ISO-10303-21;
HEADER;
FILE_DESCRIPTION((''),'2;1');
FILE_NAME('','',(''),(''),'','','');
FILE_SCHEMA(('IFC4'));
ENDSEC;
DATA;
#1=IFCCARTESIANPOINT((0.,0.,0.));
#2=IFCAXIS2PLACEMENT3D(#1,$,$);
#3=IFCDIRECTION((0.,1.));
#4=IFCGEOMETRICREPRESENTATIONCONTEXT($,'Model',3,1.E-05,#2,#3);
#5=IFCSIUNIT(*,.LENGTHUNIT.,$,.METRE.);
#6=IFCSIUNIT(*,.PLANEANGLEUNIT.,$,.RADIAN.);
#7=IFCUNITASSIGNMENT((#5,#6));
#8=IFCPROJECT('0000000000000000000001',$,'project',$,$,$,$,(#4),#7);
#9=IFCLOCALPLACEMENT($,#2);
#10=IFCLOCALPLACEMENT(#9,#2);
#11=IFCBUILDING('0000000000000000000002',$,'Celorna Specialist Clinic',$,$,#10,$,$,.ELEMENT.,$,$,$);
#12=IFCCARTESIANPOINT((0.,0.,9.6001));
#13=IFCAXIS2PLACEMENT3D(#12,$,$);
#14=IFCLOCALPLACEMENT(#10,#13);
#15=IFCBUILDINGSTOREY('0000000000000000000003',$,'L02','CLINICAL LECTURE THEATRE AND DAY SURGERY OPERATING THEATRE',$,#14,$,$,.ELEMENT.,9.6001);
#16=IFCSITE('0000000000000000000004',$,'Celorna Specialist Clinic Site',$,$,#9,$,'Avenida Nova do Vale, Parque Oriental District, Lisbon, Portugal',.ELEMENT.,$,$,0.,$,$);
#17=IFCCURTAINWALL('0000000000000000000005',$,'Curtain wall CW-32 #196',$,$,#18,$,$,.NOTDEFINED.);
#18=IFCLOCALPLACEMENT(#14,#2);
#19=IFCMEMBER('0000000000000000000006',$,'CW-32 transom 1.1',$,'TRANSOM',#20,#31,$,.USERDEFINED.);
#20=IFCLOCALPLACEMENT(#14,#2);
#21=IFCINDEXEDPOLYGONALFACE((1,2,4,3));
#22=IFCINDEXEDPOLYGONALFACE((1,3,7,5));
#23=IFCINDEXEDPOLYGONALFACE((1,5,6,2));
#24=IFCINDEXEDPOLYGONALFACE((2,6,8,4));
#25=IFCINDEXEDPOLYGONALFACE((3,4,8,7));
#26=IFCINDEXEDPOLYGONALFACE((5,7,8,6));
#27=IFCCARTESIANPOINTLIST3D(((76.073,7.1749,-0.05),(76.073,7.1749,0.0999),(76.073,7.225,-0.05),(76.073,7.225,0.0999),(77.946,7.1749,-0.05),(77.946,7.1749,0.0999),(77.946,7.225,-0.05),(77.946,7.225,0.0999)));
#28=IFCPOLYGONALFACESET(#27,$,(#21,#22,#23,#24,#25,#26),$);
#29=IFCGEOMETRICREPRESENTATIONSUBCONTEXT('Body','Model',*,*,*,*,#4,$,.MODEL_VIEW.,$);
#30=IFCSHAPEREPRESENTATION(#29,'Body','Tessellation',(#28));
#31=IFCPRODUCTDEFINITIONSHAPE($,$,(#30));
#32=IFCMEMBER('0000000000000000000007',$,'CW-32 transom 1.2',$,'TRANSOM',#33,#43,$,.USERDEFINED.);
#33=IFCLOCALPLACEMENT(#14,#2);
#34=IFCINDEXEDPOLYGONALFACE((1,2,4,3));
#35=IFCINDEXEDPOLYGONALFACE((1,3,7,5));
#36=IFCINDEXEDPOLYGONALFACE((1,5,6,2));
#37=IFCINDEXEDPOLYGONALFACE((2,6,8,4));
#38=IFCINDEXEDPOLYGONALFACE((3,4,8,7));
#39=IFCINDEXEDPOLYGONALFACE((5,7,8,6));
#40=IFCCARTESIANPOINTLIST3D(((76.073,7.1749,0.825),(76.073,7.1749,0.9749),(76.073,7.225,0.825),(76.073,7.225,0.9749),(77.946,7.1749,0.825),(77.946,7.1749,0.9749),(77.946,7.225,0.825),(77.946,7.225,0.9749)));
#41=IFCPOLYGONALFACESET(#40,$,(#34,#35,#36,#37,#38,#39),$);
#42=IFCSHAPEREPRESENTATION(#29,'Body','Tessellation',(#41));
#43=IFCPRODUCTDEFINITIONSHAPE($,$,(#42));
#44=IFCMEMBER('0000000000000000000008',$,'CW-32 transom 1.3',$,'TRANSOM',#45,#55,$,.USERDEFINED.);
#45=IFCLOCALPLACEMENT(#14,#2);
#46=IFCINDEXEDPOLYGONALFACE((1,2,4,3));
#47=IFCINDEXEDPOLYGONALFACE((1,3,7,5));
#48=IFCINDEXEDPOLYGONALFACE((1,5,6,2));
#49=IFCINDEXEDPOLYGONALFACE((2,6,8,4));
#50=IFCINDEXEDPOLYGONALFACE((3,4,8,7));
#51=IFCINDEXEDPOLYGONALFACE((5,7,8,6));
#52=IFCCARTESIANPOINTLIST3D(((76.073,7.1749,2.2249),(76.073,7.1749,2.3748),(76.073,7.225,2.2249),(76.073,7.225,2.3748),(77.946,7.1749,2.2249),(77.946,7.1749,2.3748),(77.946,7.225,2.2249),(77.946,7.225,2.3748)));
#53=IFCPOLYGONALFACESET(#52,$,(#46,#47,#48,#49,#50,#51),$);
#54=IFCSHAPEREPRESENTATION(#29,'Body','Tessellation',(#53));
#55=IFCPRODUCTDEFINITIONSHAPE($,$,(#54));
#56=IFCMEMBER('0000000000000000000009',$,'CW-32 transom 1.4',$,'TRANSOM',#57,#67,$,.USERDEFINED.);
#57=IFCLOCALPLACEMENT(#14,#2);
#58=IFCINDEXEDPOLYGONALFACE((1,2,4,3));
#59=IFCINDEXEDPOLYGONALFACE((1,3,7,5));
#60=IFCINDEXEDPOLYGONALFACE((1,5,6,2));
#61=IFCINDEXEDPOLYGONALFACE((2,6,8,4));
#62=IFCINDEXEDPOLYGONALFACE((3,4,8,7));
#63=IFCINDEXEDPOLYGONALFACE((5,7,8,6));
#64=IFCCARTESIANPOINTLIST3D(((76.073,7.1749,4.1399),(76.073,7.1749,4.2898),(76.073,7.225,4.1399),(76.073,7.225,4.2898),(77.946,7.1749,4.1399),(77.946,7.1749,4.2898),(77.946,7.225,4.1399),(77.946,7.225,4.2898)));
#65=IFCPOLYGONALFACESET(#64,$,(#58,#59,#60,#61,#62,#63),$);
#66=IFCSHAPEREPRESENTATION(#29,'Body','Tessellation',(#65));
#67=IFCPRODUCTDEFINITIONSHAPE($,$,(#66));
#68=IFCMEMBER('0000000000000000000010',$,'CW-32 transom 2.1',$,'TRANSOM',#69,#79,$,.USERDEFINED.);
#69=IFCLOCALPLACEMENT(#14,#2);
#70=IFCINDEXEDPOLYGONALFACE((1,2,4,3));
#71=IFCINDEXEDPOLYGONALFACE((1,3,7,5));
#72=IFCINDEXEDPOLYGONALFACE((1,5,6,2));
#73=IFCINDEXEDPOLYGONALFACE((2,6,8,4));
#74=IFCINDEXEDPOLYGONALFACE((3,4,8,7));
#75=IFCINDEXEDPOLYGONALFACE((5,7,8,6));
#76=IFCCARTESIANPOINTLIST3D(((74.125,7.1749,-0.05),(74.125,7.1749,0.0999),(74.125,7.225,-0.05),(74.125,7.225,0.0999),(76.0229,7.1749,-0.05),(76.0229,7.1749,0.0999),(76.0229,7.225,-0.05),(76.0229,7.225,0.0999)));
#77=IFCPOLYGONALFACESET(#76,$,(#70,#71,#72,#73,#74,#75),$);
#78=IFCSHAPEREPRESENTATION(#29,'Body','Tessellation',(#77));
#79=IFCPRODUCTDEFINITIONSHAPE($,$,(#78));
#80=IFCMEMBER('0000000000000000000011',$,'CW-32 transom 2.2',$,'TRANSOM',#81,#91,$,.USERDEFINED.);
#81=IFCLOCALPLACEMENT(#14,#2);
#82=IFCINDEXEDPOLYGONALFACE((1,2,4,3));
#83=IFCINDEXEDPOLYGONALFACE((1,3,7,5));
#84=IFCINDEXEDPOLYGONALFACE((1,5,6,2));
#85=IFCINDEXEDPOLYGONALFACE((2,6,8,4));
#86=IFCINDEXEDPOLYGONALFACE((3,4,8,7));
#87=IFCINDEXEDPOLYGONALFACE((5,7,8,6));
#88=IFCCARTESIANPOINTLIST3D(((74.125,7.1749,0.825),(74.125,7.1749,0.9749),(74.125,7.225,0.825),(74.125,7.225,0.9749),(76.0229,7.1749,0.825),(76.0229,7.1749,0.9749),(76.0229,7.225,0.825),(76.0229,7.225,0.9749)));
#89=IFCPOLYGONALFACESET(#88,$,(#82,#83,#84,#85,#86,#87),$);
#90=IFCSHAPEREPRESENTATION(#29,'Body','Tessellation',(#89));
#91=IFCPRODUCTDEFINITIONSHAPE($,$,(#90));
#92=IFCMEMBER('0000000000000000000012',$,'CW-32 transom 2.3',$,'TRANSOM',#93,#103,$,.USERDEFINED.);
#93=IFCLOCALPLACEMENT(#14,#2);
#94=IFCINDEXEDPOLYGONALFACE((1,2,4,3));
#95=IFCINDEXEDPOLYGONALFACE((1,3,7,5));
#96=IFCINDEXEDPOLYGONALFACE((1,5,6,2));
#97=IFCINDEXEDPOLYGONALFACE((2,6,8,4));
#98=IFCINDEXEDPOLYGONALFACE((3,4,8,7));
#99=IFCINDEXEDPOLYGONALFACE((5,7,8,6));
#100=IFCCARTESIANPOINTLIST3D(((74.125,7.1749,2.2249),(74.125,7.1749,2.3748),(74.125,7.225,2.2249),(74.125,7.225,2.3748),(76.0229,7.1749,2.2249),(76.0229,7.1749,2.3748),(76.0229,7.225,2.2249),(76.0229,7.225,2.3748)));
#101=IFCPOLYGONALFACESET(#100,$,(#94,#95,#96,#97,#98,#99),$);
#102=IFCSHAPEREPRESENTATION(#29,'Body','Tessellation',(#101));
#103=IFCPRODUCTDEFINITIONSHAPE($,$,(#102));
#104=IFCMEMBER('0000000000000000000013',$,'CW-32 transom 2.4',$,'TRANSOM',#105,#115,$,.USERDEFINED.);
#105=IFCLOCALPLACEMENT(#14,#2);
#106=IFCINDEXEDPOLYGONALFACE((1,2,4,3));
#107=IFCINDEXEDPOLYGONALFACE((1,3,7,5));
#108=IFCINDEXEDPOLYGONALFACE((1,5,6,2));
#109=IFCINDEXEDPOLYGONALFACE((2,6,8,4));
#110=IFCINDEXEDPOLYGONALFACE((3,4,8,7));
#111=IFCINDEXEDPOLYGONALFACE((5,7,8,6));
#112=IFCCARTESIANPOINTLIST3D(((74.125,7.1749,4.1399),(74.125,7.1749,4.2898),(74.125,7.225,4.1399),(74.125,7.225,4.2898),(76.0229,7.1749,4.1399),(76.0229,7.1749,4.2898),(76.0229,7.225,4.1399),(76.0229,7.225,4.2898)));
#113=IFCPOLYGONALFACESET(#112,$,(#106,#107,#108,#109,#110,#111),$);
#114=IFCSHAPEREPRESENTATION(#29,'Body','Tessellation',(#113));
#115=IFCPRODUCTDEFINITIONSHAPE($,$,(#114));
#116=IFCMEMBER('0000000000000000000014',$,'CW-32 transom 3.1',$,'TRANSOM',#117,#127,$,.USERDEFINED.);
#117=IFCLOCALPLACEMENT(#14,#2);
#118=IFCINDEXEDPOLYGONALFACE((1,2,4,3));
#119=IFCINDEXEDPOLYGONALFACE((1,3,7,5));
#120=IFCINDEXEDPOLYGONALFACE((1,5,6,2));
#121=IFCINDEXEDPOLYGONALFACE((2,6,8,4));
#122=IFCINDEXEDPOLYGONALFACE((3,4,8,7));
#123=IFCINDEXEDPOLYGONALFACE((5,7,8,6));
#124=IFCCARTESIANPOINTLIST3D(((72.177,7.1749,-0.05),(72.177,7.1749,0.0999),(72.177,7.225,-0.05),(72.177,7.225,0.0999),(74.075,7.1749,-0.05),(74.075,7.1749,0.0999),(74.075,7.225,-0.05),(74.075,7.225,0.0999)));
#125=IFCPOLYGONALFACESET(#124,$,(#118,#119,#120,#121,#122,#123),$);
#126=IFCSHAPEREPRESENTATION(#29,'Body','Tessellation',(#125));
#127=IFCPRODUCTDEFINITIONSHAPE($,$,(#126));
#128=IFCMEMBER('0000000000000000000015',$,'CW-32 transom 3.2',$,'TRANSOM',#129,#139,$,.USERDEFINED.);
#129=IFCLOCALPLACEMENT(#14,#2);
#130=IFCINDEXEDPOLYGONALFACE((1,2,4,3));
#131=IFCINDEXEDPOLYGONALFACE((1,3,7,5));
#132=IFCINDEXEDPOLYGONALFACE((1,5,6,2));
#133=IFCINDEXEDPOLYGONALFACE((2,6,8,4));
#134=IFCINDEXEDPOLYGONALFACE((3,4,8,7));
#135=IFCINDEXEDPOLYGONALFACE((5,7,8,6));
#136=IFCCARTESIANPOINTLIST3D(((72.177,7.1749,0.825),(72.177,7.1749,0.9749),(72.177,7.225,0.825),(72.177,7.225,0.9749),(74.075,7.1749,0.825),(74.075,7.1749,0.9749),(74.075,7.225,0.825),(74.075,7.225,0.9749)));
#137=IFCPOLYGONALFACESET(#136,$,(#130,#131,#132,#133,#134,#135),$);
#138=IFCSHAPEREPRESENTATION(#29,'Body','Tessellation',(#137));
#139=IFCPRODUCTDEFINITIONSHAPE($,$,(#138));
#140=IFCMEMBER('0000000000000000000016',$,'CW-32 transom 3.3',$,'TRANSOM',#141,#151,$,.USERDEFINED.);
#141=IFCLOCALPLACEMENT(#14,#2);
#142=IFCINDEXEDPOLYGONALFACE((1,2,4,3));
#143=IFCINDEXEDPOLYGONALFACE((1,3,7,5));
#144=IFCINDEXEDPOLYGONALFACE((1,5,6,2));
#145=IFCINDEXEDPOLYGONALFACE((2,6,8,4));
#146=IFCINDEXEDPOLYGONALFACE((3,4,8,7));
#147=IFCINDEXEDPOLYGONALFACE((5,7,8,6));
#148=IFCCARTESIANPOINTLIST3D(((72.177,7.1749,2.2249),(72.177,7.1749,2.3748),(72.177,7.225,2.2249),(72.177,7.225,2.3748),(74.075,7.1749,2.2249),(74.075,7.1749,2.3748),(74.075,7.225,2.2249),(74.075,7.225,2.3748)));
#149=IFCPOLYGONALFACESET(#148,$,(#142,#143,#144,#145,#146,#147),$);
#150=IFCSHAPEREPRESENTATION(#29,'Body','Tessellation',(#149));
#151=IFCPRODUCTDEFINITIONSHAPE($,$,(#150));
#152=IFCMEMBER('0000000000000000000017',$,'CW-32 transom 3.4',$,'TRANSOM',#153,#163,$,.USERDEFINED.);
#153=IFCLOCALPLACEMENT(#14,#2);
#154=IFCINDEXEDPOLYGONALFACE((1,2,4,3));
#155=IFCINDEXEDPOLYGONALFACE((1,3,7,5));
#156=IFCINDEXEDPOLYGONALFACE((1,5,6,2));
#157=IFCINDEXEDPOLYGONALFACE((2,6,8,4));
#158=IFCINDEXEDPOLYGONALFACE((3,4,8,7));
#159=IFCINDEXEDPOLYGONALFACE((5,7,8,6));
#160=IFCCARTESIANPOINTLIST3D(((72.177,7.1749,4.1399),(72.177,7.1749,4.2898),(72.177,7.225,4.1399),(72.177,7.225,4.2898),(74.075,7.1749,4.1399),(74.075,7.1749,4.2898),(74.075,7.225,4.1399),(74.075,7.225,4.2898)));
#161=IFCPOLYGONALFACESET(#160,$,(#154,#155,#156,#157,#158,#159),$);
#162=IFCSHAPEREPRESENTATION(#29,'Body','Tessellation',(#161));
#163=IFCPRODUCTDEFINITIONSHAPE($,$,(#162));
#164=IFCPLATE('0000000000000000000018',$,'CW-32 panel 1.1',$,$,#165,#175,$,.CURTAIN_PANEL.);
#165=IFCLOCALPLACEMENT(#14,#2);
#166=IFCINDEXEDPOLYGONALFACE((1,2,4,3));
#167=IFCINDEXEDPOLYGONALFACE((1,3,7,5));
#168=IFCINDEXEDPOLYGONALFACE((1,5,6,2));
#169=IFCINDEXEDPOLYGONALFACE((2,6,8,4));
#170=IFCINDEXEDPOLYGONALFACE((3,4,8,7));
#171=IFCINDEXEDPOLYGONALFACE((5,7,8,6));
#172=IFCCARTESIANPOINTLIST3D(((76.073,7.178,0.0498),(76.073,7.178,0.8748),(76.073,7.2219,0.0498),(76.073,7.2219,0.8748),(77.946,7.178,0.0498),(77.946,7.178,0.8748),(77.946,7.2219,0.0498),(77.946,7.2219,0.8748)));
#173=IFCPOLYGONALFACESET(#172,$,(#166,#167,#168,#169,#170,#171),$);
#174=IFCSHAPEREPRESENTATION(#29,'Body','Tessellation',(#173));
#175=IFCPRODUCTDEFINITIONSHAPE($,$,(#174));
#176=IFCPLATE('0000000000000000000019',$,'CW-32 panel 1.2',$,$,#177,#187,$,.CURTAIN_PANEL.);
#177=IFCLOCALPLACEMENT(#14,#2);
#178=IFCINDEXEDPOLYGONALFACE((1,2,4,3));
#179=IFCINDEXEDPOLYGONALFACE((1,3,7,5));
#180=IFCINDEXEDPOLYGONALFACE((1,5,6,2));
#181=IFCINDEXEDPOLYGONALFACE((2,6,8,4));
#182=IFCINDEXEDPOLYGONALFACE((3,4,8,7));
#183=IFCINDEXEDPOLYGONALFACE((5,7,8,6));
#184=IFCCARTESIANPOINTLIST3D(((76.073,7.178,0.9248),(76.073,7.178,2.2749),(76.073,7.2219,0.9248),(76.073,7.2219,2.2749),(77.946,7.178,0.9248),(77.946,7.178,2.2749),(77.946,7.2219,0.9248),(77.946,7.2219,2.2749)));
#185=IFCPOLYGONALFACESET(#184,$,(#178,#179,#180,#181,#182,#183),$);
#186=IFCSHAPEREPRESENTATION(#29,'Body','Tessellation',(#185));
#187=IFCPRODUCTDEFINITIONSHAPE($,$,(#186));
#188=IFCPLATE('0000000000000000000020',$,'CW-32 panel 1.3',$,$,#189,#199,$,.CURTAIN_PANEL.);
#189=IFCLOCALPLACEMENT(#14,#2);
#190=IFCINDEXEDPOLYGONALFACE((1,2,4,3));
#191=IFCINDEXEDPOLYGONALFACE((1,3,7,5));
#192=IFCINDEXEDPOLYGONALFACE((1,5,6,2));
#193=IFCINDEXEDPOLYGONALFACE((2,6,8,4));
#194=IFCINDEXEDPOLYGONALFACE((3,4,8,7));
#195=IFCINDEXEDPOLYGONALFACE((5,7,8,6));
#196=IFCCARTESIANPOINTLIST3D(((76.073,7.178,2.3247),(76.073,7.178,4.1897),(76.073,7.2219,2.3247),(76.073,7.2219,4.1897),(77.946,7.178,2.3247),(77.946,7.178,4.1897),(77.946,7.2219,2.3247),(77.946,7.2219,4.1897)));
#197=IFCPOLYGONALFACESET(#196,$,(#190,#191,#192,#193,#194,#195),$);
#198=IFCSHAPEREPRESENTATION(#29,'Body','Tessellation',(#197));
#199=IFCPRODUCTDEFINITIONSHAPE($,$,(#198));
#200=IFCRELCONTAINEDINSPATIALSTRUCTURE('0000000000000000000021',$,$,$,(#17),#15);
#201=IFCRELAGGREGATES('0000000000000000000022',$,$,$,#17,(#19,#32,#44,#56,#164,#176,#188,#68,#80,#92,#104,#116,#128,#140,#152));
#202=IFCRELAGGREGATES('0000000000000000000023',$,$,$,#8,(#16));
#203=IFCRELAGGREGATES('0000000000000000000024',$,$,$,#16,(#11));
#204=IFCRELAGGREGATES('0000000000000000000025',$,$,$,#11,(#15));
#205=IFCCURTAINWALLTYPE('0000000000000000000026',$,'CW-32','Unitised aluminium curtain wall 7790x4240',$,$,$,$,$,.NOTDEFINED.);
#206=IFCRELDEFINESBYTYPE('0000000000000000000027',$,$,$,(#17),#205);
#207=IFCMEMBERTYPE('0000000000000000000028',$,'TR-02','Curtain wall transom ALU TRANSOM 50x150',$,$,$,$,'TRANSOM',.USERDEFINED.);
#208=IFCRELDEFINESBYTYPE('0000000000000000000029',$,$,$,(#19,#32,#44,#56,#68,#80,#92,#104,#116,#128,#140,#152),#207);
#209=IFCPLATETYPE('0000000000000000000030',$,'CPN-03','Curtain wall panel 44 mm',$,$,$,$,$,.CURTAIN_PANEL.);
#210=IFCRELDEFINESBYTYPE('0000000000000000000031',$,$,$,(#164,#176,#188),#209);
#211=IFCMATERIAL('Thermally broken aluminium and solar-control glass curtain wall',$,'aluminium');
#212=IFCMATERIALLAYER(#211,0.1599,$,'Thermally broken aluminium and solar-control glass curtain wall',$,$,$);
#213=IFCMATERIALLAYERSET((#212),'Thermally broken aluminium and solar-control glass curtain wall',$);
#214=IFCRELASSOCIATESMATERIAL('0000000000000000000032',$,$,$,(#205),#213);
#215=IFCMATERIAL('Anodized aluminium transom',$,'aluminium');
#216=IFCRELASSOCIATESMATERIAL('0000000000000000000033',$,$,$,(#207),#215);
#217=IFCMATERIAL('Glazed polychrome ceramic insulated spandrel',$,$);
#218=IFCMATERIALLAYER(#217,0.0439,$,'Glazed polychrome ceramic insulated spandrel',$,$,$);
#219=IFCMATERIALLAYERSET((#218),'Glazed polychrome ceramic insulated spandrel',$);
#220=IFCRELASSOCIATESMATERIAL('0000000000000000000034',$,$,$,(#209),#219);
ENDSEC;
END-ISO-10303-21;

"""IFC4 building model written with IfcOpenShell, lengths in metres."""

from ifc_helpers import new_model, si_unit, direction, frame, origin, origin_2d, place, context, subcontext, project, spatial, rectangle, extrude, material, layer, layer_set, material_profile, profile_set, type_object, element, aggregate, save


model = new_model("IFC4")

# Units and contexts
model_context = context("Model", 3, precision=1e-05, world=origin(), true_north=direction((0.0, 1.0)))
body_context = subcontext(model_context, "Body", "Model", "MODEL_VIEW")
ifc_project = project(units=[si_unit("LENGTHUNIT", "METRE"), si_unit("PLANEANGLEUNIT", "RADIAN")], contexts=[model_context])

# Site, building, storey
site_placement = place(None, origin())
site = spatial("IfcSite", under=ifc_project, at=site_placement, Name="Celorna Specialist Clinic Site", LongName="Avenida Nova do Vale, Parque Oriental District, Lisbon, Portugal", CompositionType="ELEMENT", RefElevation=0.0)
building_placement = place(site_placement, origin())
building = spatial("IfcBuilding", under=site, at=building_placement, Name="Celorna Specialist Clinic", CompositionType="ELEMENT")
storey_placement = place(building_placement, frame((0.0, 0.0, 9.6001)))
storey = spatial("IfcBuildingStorey", under=building, at=storey_placement, Name="L02", Description="CLINICAL LECTURE THEATRE AND DAY SURGERY OPERATING THEATRE", CompositionType="ELEMENT", Elevation=9.6001)

# Curtain wall, members, plates
ifc_material_1 = material(Name="Thermally broken aluminium and solar-control glass curtain wall", Category="aluminium")
ifc_layer_1 = layer(ifc_material_1, 0.1599, Name="Thermally broken aluminium and solar-control glass curtain wall")
ifc_layer_set_1 = layer_set([ifc_layer_1], Name="Thermally broken aluminium and solar-control glass curtain wall")
curtain_wall_type = type_object("IfcCurtainWallType", Name="CW-32", Description="Unitised aluminium curtain wall 7790x4240", PredefinedType="NOTDEFINED", material=ifc_layer_set_1)
curtain_wall_placement = place(storey_placement, origin())
curtain_wall = element("IfcCurtainWall", 1, at=curtain_wall_placement, inside=storey, type_object=curtain_wall_type, Name="Curtain wall CW-32 #196", PredefinedType="NOTDEFINED")
ifc_material_2 = material(Name="Anodized aluminium transom", Category="aluminium")
ifc_material_profile_1 = material_profile(ifc_material_2, rectangle(XDim=0.05, YDim=0.1499, at=origin_2d()), Name="ALU TRANSOM 50x150")
ifc_profile_set_1 = profile_set([ifc_material_profile_1], Name="Anodized aluminium transom")
member_type_1 = type_object("IfcMemberType", Name="TR-02", Description="Curtain wall transom ALU TRANSOM 50x150", ElementType="TRANSOM", PredefinedType="USERDEFINED", material=ifc_profile_set_1)
member_1_placement = place(storey_placement, frame((77.946, 7.2, 0.0249), z_axis=(-1.0, 0.0, 0.0), x_axis=(0.0, -1.0, 0.0)))
member_1 = element("IfcMember", 2, at=member_1_placement, type_object=member_type_1, Name="CW-32 transom 1.1", ObjectType="TRANSOM", PredefinedType="USERDEFINED", context=body_context, shape_type="SweptSolid", body=[
    extrude(rectangle(XDim=0.05, YDim=0.1499, at=origin_2d()), origin(), (0.0, 0.0, 1.0), 1.873),
])
member_2_placement = place(storey_placement, frame((77.946, 7.2, 0.8999), z_axis=(-1.0, 0.0, 0.0), x_axis=(0.0, -1.0, 0.0)))
member_2 = element("IfcMember", 3, at=member_2_placement, type_object=member_type_1, Name="CW-32 transom 1.2", ObjectType="TRANSOM", PredefinedType="USERDEFINED", context=body_context, shape_type="SweptSolid", body=[
    extrude(rectangle(XDim=0.05, YDim=0.1499, at=origin_2d()), origin(), (0.0, 0.0, 1.0), 1.873),
])
member_3_placement = place(storey_placement, frame((77.946, 7.2, 2.2998), z_axis=(-1.0, 0.0, 0.0), x_axis=(0.0, -1.0, 0.0)))
member_3 = element("IfcMember", 4, at=member_3_placement, type_object=member_type_1, Name="CW-32 transom 1.3", ObjectType="TRANSOM", PredefinedType="USERDEFINED", context=body_context, shape_type="SweptSolid", body=[
    extrude(rectangle(XDim=0.05, YDim=0.1499, at=origin_2d()), origin(), (0.0, 0.0, 1.0), 1.873),
])
member_4_placement = place(storey_placement, frame((77.946, 7.2, 4.2148), z_axis=(-1.0, 0.0, 0.0), x_axis=(0.0, -1.0, 0.0)))
member_4 = element("IfcMember", 5, at=member_4_placement, type_object=member_type_1, Name="CW-32 transom 1.4", ObjectType="TRANSOM", PredefinedType="USERDEFINED", context=body_context, shape_type="SweptSolid", body=[
    extrude(rectangle(XDim=0.05, YDim=0.1499, at=origin_2d()), origin(), (0.0, 0.0, 1.0), 1.873),
])
member_5_placement = place(storey_placement, frame((76.0229, 7.2, 0.0249), z_axis=(-1.0, 0.0, 0.0), x_axis=(0.0, -1.0, 0.0)))
member_5 = element("IfcMember", 6, at=member_5_placement, type_object=member_type_1, Name="CW-32 transom 2.1", ObjectType="TRANSOM", PredefinedType="USERDEFINED", context=body_context, shape_type="SweptSolid", body=[
    extrude(rectangle(XDim=0.05, YDim=0.1499, at=origin_2d()), origin(), (0.0, 0.0, 1.0), 1.8979),
])
member_6_placement = place(storey_placement, frame((76.0229, 7.2, 0.8999), z_axis=(-1.0, 0.0, 0.0), x_axis=(0.0, -1.0, 0.0)))
member_6 = element("IfcMember", 7, at=member_6_placement, type_object=member_type_1, Name="CW-32 transom 2.2", ObjectType="TRANSOM", PredefinedType="USERDEFINED", context=body_context, shape_type="SweptSolid", body=[
    extrude(rectangle(XDim=0.05, YDim=0.1499, at=origin_2d()), origin(), (0.0, 0.0, 1.0), 1.8979),
])
member_7_placement = place(storey_placement, frame((76.0229, 7.2, 2.2998), z_axis=(-1.0, 0.0, 0.0), x_axis=(0.0, -1.0, 0.0)))
member_7 = element("IfcMember", 8, at=member_7_placement, type_object=member_type_1, Name="CW-32 transom 2.3", ObjectType="TRANSOM", PredefinedType="USERDEFINED", context=body_context, shape_type="SweptSolid", body=[
    extrude(rectangle(XDim=0.05, YDim=0.1499, at=origin_2d()), origin(), (0.0, 0.0, 1.0), 1.8979),
])
member_8_placement = place(storey_placement, frame((76.0229, 7.2, 4.2148), z_axis=(-1.0, 0.0, 0.0), x_axis=(0.0, -1.0, 0.0)))
member_8 = element("IfcMember", 9, at=member_8_placement, type_object=member_type_1, Name="CW-32 transom 2.4", ObjectType="TRANSOM", PredefinedType="USERDEFINED", context=body_context, shape_type="SweptSolid", body=[
    extrude(rectangle(XDim=0.05, YDim=0.1499, at=origin_2d()), origin(), (0.0, 0.0, 1.0), 1.8979),
])
member_9_placement = place(storey_placement, frame((74.075, 7.2, 0.0249), z_axis=(-1.0, 0.0, 0.0), x_axis=(0.0, -1.0, 0.0)))
member_9 = element("IfcMember", 10, at=member_9_placement, type_object=member_type_1, Name="CW-32 transom 3.1", ObjectType="TRANSOM", PredefinedType="USERDEFINED", context=body_context, shape_type="SweptSolid", body=[
    extrude(rectangle(XDim=0.05, YDim=0.1499, at=origin_2d()), origin(), (0.0, 0.0, 1.0), 1.8979),
])
member_10_placement = place(storey_placement, frame((74.075, 7.2, 0.8999), z_axis=(-1.0, 0.0, 0.0), x_axis=(0.0, -1.0, 0.0)))
member_10 = element("IfcMember", 11, at=member_10_placement, type_object=member_type_1, Name="CW-32 transom 3.2", ObjectType="TRANSOM", PredefinedType="USERDEFINED", context=body_context, shape_type="SweptSolid", body=[
    extrude(rectangle(XDim=0.05, YDim=0.1499, at=origin_2d()), origin(), (0.0, 0.0, 1.0), 1.8979),
])
member_11_placement = place(storey_placement, frame((74.075, 7.2, 2.2998), z_axis=(-1.0, 0.0, 0.0), x_axis=(0.0, -1.0, 0.0)))
member_11 = element("IfcMember", 12, at=member_11_placement, type_object=member_type_1, Name="CW-32 transom 3.3", ObjectType="TRANSOM", PredefinedType="USERDEFINED", context=body_context, shape_type="SweptSolid", body=[
    extrude(rectangle(XDim=0.05, YDim=0.1499, at=origin_2d()), origin(), (0.0, 0.0, 1.0), 1.8979),
])
member_12_placement = place(storey_placement, frame((74.075, 7.2, 4.2148), z_axis=(-1.0, 0.0, 0.0), x_axis=(0.0, -1.0, 0.0)))
member_12 = element("IfcMember", 13, at=member_12_placement, type_object=member_type_1, Name="CW-32 transom 3.4", ObjectType="TRANSOM", PredefinedType="USERDEFINED", context=body_context, shape_type="SweptSolid", body=[
    extrude(rectangle(XDim=0.05, YDim=0.1499, at=origin_2d()), origin(), (0.0, 0.0, 1.0), 1.8979),
])
ifc_material_3 = material(Name="Glazed polychrome ceramic insulated spandrel")
ifc_layer_2 = layer(ifc_material_3, 0.0439, Name="Glazed polychrome ceramic insulated spandrel")
ifc_layer_set_2 = layer_set([ifc_layer_2], Name="Glazed polychrome ceramic insulated spandrel")
plate_type_1 = type_object("IfcPlateType", Name="CPN-03", Description="Curtain wall panel 44 mm", PredefinedType="CURTAIN_PANEL", material=ifc_layer_set_2)
plate_1_placement = place(storey_placement, frame((77.0095, 7.2, 0.0498), z_axis=(0.0, 0.0, 1.0), x_axis=(-1.0, 0.0, 0.0)))
plate_1 = element("IfcPlate", 14, at=plate_1_placement, type_object=plate_type_1, Name="CW-32 panel 1.1", PredefinedType="CURTAIN_PANEL", context=body_context, shape_type="SweptSolid", body=[
    extrude(rectangle(XDim=1.873, YDim=0.0439, at=origin_2d()), origin(), (0.0, 0.0, 1.0), 0.825),
])
plate_2_placement = place(storey_placement, frame((77.0095, 7.2, 0.9248), z_axis=(0.0, 0.0, 1.0), x_axis=(-1.0, 0.0, 0.0)))
plate_2 = element("IfcPlate", 15, at=plate_2_placement, type_object=plate_type_1, Name="CW-32 panel 1.2", PredefinedType="CURTAIN_PANEL", context=body_context, shape_type="SweptSolid", body=[
    extrude(rectangle(XDim=1.873, YDim=0.0439, at=origin_2d()), origin(), (0.0, 0.0, 1.0), 1.3501),
])
plate_3_placement = place(storey_placement, frame((77.0095, 7.2, 2.3247), z_axis=(0.0, 0.0, 1.0), x_axis=(-1.0, 0.0, 0.0)))
plate_3 = element("IfcPlate", 16, at=plate_3_placement, type_object=plate_type_1, Name="CW-32 panel 1.3", PredefinedType="CURTAIN_PANEL", context=body_context, shape_type="SweptSolid", body=[
    extrude(rectangle(XDim=1.873, YDim=0.0439, at=origin_2d()), origin(), (0.0, 0.0, 1.0), 1.865),
])
aggregate(curtain_wall, [member_1, member_2, member_3, member_4, plate_1, plate_2, plate_3, member_5, member_6, member_7, member_8, member_9, member_10, member_11, member_12])

save(model, "model.ifc")
